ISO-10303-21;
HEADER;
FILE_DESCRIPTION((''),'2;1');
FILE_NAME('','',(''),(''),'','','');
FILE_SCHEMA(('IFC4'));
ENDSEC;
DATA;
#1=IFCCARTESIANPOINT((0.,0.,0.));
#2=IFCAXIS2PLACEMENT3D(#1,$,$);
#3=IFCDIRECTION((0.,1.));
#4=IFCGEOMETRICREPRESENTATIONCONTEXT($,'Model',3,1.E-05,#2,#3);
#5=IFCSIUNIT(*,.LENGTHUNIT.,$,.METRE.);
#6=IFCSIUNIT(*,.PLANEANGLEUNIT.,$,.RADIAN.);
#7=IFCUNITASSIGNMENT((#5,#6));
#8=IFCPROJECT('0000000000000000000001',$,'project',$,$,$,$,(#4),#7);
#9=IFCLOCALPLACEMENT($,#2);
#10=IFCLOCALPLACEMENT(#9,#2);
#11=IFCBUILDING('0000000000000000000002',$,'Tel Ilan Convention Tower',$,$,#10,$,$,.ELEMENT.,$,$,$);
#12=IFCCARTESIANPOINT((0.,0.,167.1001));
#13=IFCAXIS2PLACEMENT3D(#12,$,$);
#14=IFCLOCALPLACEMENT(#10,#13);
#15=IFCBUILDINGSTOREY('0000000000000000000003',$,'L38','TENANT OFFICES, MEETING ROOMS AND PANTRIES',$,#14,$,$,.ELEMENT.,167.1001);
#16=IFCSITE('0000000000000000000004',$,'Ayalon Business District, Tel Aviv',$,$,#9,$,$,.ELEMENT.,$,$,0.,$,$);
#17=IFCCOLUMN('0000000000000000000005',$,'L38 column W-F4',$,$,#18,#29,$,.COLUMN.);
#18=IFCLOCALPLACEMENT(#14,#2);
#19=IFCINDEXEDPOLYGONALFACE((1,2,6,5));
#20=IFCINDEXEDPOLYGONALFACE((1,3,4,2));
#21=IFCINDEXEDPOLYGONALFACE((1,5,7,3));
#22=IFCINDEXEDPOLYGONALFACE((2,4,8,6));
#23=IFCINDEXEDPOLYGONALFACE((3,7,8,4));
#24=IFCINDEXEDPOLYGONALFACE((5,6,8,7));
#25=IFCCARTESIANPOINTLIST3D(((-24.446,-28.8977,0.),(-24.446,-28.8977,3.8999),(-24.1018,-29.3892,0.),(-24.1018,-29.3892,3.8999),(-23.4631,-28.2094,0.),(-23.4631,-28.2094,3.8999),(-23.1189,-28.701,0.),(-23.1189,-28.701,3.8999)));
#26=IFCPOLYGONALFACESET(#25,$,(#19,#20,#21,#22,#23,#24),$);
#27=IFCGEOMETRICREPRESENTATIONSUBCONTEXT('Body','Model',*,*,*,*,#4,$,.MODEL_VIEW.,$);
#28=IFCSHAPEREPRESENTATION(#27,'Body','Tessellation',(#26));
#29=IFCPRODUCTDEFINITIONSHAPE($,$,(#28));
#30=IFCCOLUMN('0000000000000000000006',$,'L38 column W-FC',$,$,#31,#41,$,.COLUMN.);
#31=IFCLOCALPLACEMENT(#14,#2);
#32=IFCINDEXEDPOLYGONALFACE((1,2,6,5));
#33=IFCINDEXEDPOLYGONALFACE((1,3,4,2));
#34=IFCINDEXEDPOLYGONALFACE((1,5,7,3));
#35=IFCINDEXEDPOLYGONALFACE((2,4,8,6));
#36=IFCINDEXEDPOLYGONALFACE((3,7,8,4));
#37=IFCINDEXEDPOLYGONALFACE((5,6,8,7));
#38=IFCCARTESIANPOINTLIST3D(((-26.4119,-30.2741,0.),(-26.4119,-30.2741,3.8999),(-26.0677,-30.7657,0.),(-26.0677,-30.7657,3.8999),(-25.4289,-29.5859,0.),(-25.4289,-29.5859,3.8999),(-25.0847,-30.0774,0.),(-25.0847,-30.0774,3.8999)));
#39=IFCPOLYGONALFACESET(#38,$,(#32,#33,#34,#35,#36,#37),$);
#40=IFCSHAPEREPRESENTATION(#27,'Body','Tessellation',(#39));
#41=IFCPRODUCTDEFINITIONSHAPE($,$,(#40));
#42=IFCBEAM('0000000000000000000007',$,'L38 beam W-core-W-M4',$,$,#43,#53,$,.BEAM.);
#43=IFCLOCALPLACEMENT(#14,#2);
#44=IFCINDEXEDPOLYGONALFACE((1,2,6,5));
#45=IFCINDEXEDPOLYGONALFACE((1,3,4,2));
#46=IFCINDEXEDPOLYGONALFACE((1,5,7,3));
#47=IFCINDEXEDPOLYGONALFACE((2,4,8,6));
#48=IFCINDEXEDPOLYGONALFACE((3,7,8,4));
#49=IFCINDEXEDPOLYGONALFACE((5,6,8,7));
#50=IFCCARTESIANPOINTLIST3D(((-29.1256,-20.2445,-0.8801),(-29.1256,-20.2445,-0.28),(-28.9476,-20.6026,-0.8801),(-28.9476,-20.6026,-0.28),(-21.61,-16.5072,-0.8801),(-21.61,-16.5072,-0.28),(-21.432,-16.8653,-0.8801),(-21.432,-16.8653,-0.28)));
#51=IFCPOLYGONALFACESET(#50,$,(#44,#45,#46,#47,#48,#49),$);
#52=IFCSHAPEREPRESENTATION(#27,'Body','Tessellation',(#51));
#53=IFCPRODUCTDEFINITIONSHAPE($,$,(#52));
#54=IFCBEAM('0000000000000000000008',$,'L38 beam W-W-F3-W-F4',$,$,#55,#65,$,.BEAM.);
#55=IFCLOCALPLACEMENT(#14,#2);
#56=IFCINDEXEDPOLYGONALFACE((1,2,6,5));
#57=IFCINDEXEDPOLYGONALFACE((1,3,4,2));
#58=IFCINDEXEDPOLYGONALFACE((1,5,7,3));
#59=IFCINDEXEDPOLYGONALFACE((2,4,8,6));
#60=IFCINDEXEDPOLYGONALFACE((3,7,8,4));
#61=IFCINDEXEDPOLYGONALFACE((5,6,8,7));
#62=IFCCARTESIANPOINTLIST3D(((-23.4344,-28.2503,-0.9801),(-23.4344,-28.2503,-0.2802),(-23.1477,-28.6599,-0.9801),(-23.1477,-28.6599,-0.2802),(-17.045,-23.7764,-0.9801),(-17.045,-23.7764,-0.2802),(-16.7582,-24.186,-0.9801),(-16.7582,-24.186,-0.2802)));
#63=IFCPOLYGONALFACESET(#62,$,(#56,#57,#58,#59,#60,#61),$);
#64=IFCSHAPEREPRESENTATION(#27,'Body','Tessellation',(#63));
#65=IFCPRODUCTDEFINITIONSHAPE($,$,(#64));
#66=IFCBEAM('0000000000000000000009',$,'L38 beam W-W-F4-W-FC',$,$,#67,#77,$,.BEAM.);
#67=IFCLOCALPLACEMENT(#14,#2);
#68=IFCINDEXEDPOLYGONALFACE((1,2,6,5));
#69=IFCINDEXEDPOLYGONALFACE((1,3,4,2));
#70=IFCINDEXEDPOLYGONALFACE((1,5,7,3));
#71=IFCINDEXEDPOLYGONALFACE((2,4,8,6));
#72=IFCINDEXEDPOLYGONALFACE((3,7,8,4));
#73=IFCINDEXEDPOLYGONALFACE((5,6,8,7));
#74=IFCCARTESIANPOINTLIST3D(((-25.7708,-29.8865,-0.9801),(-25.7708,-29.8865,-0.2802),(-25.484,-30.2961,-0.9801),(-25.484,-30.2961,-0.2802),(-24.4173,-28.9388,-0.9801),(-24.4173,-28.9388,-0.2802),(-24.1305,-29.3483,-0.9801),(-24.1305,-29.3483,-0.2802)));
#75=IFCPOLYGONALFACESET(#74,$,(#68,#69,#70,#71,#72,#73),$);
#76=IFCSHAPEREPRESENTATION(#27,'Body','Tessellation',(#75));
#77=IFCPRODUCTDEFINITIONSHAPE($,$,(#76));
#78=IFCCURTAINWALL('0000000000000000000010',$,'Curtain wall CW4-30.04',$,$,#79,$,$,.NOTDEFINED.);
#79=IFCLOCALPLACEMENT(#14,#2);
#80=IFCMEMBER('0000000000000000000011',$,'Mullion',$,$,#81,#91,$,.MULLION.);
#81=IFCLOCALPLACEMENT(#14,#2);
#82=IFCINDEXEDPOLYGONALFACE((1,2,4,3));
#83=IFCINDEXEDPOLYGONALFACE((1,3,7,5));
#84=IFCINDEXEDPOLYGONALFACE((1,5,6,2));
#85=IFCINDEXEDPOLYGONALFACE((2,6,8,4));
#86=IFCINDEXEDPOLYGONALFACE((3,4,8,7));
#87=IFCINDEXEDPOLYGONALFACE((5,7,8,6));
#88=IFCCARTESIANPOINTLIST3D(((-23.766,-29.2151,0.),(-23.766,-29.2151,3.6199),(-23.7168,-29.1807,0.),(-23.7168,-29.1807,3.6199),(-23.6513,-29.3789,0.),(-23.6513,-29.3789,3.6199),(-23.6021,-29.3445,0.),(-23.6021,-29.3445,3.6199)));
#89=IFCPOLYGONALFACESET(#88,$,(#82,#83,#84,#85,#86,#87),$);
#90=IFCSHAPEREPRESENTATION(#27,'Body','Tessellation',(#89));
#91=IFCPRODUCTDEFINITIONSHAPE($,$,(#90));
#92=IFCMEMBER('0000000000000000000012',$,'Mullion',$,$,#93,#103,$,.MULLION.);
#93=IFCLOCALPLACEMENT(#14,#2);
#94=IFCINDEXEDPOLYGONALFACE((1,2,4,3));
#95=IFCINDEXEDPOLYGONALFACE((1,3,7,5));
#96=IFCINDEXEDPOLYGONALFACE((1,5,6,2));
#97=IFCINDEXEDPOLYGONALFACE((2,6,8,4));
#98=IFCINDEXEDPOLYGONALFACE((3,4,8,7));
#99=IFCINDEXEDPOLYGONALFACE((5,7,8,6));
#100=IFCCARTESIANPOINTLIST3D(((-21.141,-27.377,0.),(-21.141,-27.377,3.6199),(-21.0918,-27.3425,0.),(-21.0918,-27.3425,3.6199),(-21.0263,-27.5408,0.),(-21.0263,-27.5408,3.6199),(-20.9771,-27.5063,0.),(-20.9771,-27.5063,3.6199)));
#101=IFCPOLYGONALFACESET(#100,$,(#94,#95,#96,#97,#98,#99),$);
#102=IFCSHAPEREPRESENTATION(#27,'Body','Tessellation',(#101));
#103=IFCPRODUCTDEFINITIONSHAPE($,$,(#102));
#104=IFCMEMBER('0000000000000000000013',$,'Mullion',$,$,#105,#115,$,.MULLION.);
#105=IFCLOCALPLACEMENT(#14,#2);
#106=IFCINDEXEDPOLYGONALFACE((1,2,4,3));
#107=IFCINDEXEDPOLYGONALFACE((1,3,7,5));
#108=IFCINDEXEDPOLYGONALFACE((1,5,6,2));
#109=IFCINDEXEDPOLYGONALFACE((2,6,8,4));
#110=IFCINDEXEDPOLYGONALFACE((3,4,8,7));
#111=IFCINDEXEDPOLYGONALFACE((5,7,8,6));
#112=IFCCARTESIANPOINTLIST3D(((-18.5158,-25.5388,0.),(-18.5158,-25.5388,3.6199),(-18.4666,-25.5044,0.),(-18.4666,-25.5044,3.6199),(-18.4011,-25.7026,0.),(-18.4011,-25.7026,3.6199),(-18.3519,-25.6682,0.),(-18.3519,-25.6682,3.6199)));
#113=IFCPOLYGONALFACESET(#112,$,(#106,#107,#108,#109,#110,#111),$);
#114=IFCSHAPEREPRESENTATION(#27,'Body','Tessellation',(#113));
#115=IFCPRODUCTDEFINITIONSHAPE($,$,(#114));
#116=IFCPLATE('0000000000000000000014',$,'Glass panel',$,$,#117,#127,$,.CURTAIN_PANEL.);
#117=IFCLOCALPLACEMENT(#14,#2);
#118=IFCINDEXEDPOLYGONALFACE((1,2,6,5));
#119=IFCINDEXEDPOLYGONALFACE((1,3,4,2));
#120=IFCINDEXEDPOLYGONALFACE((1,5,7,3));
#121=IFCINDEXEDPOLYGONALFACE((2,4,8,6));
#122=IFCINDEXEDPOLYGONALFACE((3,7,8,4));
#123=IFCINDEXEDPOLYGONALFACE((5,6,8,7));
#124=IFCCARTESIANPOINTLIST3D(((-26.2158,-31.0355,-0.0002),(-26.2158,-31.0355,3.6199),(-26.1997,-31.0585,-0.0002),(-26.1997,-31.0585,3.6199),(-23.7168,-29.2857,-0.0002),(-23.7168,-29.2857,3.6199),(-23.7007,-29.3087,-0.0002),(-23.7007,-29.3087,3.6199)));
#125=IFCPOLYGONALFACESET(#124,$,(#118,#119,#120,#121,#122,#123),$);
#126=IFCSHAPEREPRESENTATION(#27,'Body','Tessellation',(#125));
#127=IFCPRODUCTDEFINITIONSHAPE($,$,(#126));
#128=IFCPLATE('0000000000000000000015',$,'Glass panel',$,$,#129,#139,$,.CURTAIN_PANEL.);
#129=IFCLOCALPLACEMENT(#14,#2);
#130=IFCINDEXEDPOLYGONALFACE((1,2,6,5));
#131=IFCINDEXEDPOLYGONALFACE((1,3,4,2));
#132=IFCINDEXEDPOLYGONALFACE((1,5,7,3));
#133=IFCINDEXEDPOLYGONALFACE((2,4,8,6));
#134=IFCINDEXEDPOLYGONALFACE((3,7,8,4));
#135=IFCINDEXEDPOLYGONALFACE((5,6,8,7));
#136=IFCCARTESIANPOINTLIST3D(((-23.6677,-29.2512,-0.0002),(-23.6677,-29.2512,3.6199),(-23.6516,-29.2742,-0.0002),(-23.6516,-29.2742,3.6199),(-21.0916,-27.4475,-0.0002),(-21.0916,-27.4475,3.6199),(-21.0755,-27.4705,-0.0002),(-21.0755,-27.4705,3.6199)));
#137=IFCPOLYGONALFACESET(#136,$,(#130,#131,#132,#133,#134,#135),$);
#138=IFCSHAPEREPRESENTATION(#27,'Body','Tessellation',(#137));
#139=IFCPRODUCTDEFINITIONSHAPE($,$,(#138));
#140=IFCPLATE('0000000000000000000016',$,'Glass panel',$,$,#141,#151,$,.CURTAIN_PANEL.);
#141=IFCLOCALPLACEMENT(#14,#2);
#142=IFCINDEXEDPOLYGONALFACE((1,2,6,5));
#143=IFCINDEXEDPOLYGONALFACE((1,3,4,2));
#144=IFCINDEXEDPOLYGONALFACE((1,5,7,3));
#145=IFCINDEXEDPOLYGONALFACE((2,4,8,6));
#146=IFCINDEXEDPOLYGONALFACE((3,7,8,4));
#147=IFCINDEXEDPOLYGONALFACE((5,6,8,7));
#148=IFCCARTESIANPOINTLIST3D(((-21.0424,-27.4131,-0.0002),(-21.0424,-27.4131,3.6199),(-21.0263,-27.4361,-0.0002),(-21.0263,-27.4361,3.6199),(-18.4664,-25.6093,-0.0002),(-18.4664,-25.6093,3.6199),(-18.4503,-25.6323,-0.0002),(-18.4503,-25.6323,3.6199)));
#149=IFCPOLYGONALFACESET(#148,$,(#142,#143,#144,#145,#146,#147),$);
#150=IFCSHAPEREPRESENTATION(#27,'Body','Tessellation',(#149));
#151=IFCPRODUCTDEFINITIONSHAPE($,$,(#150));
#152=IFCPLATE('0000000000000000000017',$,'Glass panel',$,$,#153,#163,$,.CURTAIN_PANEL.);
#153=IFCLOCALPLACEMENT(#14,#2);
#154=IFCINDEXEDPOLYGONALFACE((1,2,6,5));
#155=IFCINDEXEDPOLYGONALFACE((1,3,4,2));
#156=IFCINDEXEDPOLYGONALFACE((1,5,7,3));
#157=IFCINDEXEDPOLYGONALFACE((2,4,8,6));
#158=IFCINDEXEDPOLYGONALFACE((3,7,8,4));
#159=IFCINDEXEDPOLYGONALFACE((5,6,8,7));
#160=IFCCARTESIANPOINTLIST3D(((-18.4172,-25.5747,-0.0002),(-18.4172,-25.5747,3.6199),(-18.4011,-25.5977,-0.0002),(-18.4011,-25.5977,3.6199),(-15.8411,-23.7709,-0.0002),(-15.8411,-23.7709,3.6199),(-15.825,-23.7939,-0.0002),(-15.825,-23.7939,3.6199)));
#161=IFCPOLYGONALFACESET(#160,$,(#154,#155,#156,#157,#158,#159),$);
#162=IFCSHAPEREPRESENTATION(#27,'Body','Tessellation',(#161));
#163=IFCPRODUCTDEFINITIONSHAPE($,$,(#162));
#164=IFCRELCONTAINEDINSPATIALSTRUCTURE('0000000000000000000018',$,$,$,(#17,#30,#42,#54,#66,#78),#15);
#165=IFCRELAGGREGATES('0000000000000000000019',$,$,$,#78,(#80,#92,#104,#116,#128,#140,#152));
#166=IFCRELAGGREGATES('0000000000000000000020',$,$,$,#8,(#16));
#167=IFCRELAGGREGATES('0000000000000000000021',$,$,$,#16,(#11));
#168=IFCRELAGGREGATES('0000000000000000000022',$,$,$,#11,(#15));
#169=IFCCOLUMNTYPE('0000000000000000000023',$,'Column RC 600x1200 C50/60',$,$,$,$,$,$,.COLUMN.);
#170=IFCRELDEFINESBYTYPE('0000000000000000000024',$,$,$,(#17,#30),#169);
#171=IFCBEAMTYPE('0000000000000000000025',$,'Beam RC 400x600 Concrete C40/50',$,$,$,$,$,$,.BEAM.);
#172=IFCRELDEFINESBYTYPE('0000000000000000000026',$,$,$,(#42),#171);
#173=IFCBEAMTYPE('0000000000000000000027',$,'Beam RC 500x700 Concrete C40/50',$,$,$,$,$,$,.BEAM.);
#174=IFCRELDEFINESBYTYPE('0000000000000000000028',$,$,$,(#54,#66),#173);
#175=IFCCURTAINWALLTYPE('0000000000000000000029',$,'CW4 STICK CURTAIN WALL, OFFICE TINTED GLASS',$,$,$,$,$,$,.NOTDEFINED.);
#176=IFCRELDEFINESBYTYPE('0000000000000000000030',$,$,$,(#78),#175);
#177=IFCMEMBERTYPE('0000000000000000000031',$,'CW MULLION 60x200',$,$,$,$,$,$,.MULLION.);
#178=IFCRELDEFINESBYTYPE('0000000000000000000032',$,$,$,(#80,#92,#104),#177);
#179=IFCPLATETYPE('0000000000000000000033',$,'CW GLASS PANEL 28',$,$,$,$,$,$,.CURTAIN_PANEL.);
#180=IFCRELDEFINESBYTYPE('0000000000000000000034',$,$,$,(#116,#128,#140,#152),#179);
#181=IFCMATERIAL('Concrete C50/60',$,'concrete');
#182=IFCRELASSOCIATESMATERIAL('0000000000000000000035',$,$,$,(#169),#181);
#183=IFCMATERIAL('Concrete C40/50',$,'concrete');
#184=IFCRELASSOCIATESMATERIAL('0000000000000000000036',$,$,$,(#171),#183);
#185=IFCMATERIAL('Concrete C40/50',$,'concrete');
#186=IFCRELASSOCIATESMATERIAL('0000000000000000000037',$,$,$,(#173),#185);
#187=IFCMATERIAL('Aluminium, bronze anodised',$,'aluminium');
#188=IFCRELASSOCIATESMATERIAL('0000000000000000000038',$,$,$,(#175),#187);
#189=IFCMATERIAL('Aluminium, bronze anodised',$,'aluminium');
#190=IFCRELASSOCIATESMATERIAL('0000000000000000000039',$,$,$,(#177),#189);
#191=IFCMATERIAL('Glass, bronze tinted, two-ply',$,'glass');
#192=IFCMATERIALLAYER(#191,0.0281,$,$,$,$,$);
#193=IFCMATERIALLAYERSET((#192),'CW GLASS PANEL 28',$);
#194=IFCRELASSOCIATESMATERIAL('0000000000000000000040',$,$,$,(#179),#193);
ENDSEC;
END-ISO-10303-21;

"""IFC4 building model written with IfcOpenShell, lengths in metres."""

from ifc_helpers import new_model, si_unit, direction, frame, origin, origin_2d, place, context, subcontext, project, spatial, rectangle, extrude, material, layer, layer_set, material_profile, profile_set, type_object, element, aggregate, save


model = new_model("IFC4")

# Units and contexts
model_context = context("Model", 3, precision=1e-05, world=origin(), true_north=direction((0.0, 1.0)))
body_context = subcontext(model_context, "Body", "Model", "MODEL_VIEW")
ifc_project = project(units=[si_unit("LENGTHUNIT", "METRE"), si_unit("PLANEANGLEUNIT", "RADIAN")], contexts=[model_context])

# Site, building, storey
site_placement = place(None, origin())
site = spatial("IfcSite", under=ifc_project, at=site_placement, Name="Ayalon Business District, Tel Aviv", CompositionType="ELEMENT", RefElevation=0.0)
building_placement = place(site_placement, origin())
building = spatial("IfcBuilding", under=site, at=building_placement, Name="Tel Ilan Convention Tower", CompositionType="ELEMENT")
storey_placement = place(building_placement, frame((0.0, 0.0, 167.1001)))
storey = spatial("IfcBuildingStorey", under=building, at=storey_placement, Name="L38", Description="TENANT OFFICES, MEETING ROOMS AND PANTRIES", CompositionType="ELEMENT", Elevation=167.1001)

# Columns
ifc_material_1 = material(Name="Concrete C50/60", Category="concrete")
ifc_material_profile_1 = material_profile(ifc_material_1, rectangle(XDim=1.2, YDim=0.6001, at=origin_2d()), Name="RC 600x1200")
ifc_profile_set_1 = profile_set([ifc_material_profile_1], Name="Concrete C50/60")
column_type = type_object("IfcColumnType", Name="Column RC 600x1200 C50/60", PredefinedType="COLUMN", material=ifc_profile_set_1)
for number, where, z_axis, x_axis, name in (
    (1, (-23.7825, -28.7993, 0.0), (0.0, 0.0, 1.0), (-0.819152, -0.573576, 0.0), "L38 column W-F4"),
    (2, (-25.7483, -30.1758, 0.0), (0.0, 0.0, 1.0), (-0.819152, -0.573576, 0.0), "L38 column W-FC"),
):
    element("IfcColumn", number, at=place(storey_placement, frame(where, z_axis=z_axis, x_axis=x_axis)), inside=storey, type_object=column_type, Name=name, PredefinedType="COLUMN", context=body_context, shape_type="SweptSolid", body=[
        extrude(rectangle(XDim=1.2, YDim=0.6001, at=origin_2d()), origin(), (0.0, 0.0, 1.0), 3.8999),
    ])

# Beams
ifc_material_2 = material(Name="Concrete C40/50", Category="concrete")
ifc_material_profile_2 = material_profile(ifc_material_2, rectangle(XDim=0.3999, YDim=0.6001, at=origin_2d()), Name="RC 400x600")
ifc_profile_set_2 = profile_set([ifc_material_profile_2], Name="Concrete C40/50")
beam_type_1 = type_object("IfcBeamType", Name="Beam RC 400x600 Concrete C40/50", PredefinedType="BEAM", material=ifc_profile_set_2)
beam_1_placement = place(storey_placement, frame((-21.521, -16.6863, -0.5801), z_axis=(-0.895402, -0.445258, 0.0), x_axis=(0.445258, -0.895402, 0.0)))
element("IfcBeam", 3, at=beam_1_placement, inside=storey, type_object=beam_type_1, Name="L38 beam W-core-W-M4", PredefinedType="BEAM", context=body_context, shape_type="SweptSolid", body=[
    extrude(rectangle(XDim=0.3999, YDim=0.6001, at=origin_2d()), origin(), (0.0, 0.0, 1.0), 8.3936),
])
ifc_material_3 = material(Name="Concrete C40/50", Category="concrete")
ifc_material_profile_3 = material_profile(ifc_material_3, rectangle(XDim=0.5, YDim=0.7, at=origin_2d()), Name="RC 500x700")
ifc_profile_set_3 = profile_set([ifc_material_profile_3], Name="Concrete C40/50")
beam_type_2 = type_object("IfcBeamType", Name="Beam RC 500x700 Concrete C40/50", PredefinedType="BEAM", material=ifc_profile_set_3)
beam_2_placement = place(storey_placement, frame((-16.9016, -23.9812, -0.6301), z_axis=(-0.819154, -0.573574, 0.0), x_axis=(0.573574, -0.819154, 0.0)))
element("IfcBeam", 4, at=beam_2_placement, inside=storey, type_object=beam_type_2, Name="L38 beam W-W-F3-W-F4", PredefinedType="BEAM", context=body_context, shape_type="SweptSolid", body=[
    extrude(rectangle(XDim=0.5, YDim=0.7, at=origin_2d()), origin(), (0.0, 0.0, 1.0), 7.8),
])
beam_3_placement = place(storey_placement, frame((-24.2739, -29.1436, -0.6301), z_axis=(-0.819149, -0.573581, 0.0), x_axis=(0.573581, -0.819149, 0.0)))
element("IfcBeam", 5, at=beam_3_placement, inside=storey, type_object=beam_type_2, Name="L38 beam W-W-F4-W-FC", PredefinedType="BEAM", context=body_context, shape_type="SweptSolid", body=[
    extrude(rectangle(XDim=0.5, YDim=0.7, at=origin_2d()), origin(), (0.0, 0.0, 1.0), 1.6523),
])

# Curtain wall, members, plates
ifc_material_4 = material(Name="Aluminium, bronze anodised", Category="aluminium")
curtain_wall_type = type_object("IfcCurtainWallType", Name="CW4 STICK CURTAIN WALL, OFFICE TINTED GLASS", PredefinedType="NOTDEFINED", material=ifc_material_4)
curtain_wall_placement = place(storey_placement, origin())
curtain_wall = element("IfcCurtainWall", 6, at=curtain_wall_placement, inside=storey, type_object=curtain_wall_type, Name="Curtain wall CW4-30.04", PredefinedType="NOTDEFINED")
ifc_material_5 = material(Name="Aluminium, bronze anodised", Category="aluminium")
ifc_material_profile_4 = material_profile(ifc_material_5, rectangle(XDim=0.0601, YDim=0.2, at=origin_2d()), Name="CW MULLION 60x200")
ifc_profile_set_4 = profile_set([ifc_material_profile_4], Name="Aluminium, bronze anodised")
member_type = type_object("IfcMemberType", Name="CW MULLION 60x200", PredefinedType="MULLION", material=ifc_profile_set_4)
member_1_placement = place(storey_placement, frame((-23.6841, -29.2798, 0.0), z_axis=(0.0, 0.0, 1.0), x_axis=(0.819152, 0.573576, 0.0)))
member_1 = element("IfcMember", 7, at=member_1_placement, type_object=member_type, Name="Mullion", PredefinedType="MULLION", context=body_context, shape_type="SweptSolid", body=[
    extrude(rectangle(XDim=0.0601, YDim=0.2, at=origin_2d()), origin(), (0.0, 0.0, 1.0), 3.6199),
])
member_2_placement = place(storey_placement, frame((-21.0591, -27.4417, 0.0), z_axis=(0.0, 0.0, 1.0), x_axis=(0.819152, 0.573576, 0.0)))
member_2 = element("IfcMember", 8, at=member_2_placement, type_object=member_type, Name="Mullion", PredefinedType="MULLION", context=body_context, shape_type="SweptSolid", body=[
    extrude(rectangle(XDim=0.0601, YDim=0.2, at=origin_2d()), origin(), (0.0, 0.0, 1.0), 3.6199),
])
member_3_placement = place(storey_placement, frame((-18.4338, -25.6035, 0.0), z_axis=(0.0, 0.0, 1.0), x_axis=(0.819152, 0.573576, 0.0)))
member_3 = element("IfcMember", 9, at=member_3_placement, type_object=member_type, Name="Mullion", PredefinedType="MULLION", context=body_context, shape_type="SweptSolid", body=[
    extrude(rectangle(XDim=0.0601, YDim=0.2, at=origin_2d()), origin(), (0.0, 0.0, 1.0), 3.6199),
])
ifc_material_6 = material(Name="Glass, bronze tinted, two-ply", Category="glass")
ifc_layer_1 = layer(ifc_material_6, 0.0281)
ifc_layer_set_1 = layer_set([ifc_layer_1], Name="CW GLASS PANEL 28")
plate_type = type_object("IfcPlateType", Name="CW GLASS PANEL 28", PredefinedType="CURTAIN_PANEL", material=ifc_layer_set_1)
plate_1_placement = place(storey_placement, frame((-24.9583, -30.1721, -0.0002), z_axis=(0.0, 0.0, 1.0), x_axis=(0.819152, 0.573576, 0.0)))
plate_1 = element("IfcPlate", 10, at=plate_1_placement, type_object=plate_type, Name="Glass panel", PredefinedType="CURTAIN_PANEL", context=body_context, shape_type="SweptSolid", body=[
    extrude(rectangle(XDim=3.0508, YDim=0.0281, at=origin_2d()), origin(), (0.0, 0.0, 1.0), 3.6201),
])
plate_2_placement = place(storey_placement, frame((-22.3716, -28.3608, -0.0002), z_axis=(0.0, 0.0, 1.0), x_axis=(0.819152, 0.573576, 0.0)))
plate_2 = element("IfcPlate", 11, at=plate_2_placement, type_object=plate_type, Name="Glass panel", PredefinedType="CURTAIN_PANEL", context=body_context, shape_type="SweptSolid", body=[
    extrude(rectangle(XDim=3.1448, YDim=0.0281, at=origin_2d()), origin(), (0.0, 0.0, 1.0), 3.6201),
])
plate_3_placement = place(storey_placement, frame((-19.7463, -26.5227, -0.0002), z_axis=(0.0, 0.0, 1.0), x_axis=(0.819152, 0.573576, 0.0)))
plate_3 = element("IfcPlate", 12, at=plate_3_placement, type_object=plate_type, Name="Glass panel", PredefinedType="CURTAIN_PANEL", context=body_context, shape_type="SweptSolid", body=[
    extrude(rectangle(XDim=3.1448, YDim=0.0281, at=origin_2d()), origin(), (0.0, 0.0, 1.0), 3.6201),
])
plate_4_placement = place(storey_placement, frame((-17.1211, -24.6843, -0.0002), z_axis=(0.0, 0.0, 1.0), x_axis=(0.819152, 0.573576, 0.0)))
plate_4 = element("IfcPlate", 13, at=plate_4_placement, type_object=plate_type, Name="Glass panel", PredefinedType="CURTAIN_PANEL", context=body_context, shape_type="SweptSolid", body=[
    extrude(rectangle(XDim=3.1448, YDim=0.0281, at=origin_2d()), origin(), (0.0, 0.0, 1.0), 3.6201),
])
aggregate(curtain_wall, [member_1, member_2, member_3, plate_1, plate_2, plate_3, plate_4])

save(model, "model.ifc")
